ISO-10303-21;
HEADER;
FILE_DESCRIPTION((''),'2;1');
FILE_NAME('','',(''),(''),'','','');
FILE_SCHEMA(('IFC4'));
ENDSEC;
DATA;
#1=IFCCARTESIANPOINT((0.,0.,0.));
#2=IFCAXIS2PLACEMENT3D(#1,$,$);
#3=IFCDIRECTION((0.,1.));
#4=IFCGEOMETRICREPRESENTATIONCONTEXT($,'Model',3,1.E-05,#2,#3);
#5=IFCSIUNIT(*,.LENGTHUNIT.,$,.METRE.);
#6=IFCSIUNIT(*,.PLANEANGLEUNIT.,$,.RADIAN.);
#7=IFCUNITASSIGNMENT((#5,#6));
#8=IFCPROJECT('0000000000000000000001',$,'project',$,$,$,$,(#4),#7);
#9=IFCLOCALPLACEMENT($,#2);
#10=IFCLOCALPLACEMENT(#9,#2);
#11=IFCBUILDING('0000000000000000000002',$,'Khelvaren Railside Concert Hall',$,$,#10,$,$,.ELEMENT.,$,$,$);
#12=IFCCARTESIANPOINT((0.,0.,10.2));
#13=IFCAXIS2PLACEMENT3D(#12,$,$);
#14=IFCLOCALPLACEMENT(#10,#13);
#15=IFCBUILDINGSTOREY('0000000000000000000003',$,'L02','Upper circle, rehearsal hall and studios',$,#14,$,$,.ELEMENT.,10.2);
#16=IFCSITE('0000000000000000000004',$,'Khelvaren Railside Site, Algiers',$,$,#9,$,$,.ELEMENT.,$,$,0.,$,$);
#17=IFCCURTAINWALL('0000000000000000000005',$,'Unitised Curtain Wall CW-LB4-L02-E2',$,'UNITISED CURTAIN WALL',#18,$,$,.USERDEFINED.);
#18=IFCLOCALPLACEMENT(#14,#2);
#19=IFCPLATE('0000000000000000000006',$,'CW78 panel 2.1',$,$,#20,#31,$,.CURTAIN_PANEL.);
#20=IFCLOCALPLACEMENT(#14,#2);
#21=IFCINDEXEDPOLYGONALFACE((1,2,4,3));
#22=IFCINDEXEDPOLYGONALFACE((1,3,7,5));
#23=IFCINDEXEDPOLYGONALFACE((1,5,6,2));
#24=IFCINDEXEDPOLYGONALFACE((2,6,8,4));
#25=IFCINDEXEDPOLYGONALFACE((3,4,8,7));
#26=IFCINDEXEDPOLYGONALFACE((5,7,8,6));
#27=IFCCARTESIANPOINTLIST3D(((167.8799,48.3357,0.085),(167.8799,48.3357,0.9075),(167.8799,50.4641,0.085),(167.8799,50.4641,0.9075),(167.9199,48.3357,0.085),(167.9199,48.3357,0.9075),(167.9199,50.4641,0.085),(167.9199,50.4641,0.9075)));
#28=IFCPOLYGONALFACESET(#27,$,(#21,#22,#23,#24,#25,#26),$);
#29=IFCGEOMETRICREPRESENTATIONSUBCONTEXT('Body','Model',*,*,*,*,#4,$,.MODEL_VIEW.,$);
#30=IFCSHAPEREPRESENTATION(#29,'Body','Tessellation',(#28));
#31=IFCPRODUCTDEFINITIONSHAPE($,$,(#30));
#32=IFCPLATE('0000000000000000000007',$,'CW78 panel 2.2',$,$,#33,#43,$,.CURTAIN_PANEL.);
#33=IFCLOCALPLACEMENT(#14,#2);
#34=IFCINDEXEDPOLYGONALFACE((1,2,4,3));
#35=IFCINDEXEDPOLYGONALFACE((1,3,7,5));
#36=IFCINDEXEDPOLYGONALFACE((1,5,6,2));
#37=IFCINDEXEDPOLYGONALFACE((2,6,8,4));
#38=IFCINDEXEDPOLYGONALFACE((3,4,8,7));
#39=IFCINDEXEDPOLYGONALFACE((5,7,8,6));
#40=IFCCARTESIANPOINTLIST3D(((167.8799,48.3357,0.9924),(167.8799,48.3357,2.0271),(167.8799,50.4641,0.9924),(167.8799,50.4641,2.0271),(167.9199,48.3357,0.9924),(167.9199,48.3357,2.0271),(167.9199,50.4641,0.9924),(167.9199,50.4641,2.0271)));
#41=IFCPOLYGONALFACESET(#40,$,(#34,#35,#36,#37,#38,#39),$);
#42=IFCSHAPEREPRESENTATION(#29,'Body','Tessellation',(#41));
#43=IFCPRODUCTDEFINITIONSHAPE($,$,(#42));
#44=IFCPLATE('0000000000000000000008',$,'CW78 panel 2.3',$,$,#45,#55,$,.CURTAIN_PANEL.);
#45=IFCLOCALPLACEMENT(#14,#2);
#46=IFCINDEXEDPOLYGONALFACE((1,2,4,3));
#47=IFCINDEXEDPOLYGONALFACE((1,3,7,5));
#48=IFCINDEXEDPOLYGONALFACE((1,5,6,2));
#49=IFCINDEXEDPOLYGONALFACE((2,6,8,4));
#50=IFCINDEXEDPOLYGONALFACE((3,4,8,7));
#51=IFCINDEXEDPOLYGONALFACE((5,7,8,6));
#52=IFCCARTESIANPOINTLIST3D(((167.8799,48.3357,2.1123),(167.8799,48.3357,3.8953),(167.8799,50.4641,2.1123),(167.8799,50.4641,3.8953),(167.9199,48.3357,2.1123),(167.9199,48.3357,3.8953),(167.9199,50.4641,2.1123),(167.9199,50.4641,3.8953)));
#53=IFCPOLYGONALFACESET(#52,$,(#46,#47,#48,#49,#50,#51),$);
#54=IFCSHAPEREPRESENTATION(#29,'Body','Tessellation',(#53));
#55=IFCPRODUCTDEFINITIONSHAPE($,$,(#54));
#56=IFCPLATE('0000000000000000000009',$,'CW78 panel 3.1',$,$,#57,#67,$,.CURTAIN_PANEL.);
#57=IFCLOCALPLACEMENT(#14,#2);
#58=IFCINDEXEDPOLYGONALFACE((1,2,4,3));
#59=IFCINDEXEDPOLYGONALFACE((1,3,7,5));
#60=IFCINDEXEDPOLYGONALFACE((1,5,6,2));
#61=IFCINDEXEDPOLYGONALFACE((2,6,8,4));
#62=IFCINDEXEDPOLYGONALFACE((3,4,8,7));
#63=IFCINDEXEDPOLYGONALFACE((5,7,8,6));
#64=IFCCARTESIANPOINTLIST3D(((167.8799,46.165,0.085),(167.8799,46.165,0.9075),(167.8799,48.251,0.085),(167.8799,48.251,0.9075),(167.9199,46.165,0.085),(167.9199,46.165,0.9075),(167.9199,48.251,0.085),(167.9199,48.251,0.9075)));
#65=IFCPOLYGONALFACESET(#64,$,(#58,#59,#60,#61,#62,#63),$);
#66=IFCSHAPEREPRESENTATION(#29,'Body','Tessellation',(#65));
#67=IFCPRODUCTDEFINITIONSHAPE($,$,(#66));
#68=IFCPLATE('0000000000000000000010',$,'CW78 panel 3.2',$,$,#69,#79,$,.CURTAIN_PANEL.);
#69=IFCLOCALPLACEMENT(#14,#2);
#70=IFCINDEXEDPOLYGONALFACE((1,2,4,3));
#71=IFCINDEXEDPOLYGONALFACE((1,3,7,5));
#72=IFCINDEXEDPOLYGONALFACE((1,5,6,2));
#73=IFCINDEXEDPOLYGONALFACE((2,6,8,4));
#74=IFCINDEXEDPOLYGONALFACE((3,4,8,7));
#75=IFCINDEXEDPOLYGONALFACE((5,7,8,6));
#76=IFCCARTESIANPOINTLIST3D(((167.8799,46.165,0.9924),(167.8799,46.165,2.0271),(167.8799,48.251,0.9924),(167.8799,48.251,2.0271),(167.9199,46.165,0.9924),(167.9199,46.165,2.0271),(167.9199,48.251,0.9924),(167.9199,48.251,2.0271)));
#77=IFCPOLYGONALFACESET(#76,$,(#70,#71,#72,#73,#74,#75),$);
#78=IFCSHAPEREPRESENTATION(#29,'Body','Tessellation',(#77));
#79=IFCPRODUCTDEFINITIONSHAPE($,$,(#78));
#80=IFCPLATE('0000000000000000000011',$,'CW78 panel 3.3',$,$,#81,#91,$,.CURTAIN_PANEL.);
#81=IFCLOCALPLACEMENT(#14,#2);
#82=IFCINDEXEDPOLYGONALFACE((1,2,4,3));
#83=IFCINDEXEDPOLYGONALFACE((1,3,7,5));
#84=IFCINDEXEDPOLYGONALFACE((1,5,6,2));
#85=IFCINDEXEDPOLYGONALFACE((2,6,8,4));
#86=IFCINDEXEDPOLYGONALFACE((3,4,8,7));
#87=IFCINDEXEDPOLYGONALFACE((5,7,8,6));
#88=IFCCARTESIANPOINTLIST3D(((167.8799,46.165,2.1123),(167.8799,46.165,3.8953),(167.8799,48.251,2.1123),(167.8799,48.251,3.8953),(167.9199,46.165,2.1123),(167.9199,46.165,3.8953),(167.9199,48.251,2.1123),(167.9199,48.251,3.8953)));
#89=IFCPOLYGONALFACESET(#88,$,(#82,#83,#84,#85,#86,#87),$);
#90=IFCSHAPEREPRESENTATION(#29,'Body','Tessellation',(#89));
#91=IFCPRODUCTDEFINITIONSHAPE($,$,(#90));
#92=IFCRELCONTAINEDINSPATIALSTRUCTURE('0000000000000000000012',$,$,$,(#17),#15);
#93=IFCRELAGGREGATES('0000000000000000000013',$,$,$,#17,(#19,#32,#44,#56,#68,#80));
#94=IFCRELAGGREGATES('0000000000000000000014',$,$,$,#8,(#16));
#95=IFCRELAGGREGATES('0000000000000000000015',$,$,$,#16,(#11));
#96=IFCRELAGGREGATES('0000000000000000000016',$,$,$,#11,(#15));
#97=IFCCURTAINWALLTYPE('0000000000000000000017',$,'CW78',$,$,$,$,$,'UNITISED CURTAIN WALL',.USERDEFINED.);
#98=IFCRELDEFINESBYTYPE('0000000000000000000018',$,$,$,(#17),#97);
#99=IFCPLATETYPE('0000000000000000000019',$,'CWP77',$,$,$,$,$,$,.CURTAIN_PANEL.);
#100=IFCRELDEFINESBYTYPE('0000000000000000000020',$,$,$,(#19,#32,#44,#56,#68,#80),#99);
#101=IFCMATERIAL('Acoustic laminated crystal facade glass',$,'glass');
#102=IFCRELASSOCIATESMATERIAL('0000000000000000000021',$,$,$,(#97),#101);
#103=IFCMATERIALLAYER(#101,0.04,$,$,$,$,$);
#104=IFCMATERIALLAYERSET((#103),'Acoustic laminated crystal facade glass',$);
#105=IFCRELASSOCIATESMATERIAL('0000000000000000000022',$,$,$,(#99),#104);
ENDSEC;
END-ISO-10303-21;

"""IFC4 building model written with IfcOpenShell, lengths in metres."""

from ifc_helpers import new_model, si_unit, direction, frame, origin, origin_2d, place, context, subcontext, project, spatial, rectangle, extrude, material, layer, layer_set, type_object, element, aggregate, save


model = new_model("IFC4")

# Units and contexts
model_context = context("Model", 3, precision=1e-05, world=origin(), true_north=direction((0.0, 1.0)))
body_context = subcontext(model_context, "Body", "Model", "MODEL_VIEW")
ifc_project = project(units=[si_unit("LENGTHUNIT", "METRE"), si_unit("PLANEANGLEUNIT", "RADIAN")], contexts=[model_context])

# Site, building, storey
site_placement = place(None, origin())
site = spatial("IfcSite", under=ifc_project, at=site_placement, Name="Khelvaren Railside Site, Algiers", CompositionType="ELEMENT", RefElevation=0.0)
building_placement = place(site_placement, origin())
building = spatial("IfcBuilding", under=site, at=building_placement, Name="Khelvaren Railside Concert Hall", CompositionType="ELEMENT")
storey_placement = place(building_placement, frame((0.0, 0.0, 10.2)))
storey = spatial("IfcBuildingStorey", under=building, at=storey_placement, Name="L02", Description="Upper circle, rehearsal hall and studios", CompositionType="ELEMENT", Elevation=10.2)

# Shared definitions
ifc_material_1 = material(Name="Acoustic laminated crystal facade glass", Category="glass")
curtain_wall_type_1 = type_object("IfcCurtainWallType", Name="CW78", ElementType="UNITISED CURTAIN WALL", PredefinedType="USERDEFINED", material=ifc_material_1)

# Curtain wall
curtain_wall_1_placement = place(storey_placement, origin())
curtain_wall_1 = element("IfcCurtainWall", 1, at=curtain_wall_1_placement, inside=storey, type_object=curtain_wall_type_1, Name="Unitised Curtain Wall CW-LB4-L02-E2", ObjectType="UNITISED CURTAIN WALL", PredefinedType="USERDEFINED")

# Plates
ifc_layer_1 = layer(ifc_material_1, 0.04)
ifc_layer_set_1 = layer_set([ifc_layer_1], Name="Acoustic laminated crystal facade glass")
plate_type_1 = type_object("IfcPlateType", Name="CWP77", PredefinedType="CURTAIN_PANEL", material=ifc_layer_set_1)
plate_1_placement = place(storey_placement, frame((167.8999, 49.3999, 0.085), z_axis=(0.0, 0.0, 1.0), x_axis=(0.0, -1.0, 0.0)))
plate_1 = element("IfcPlate", 2, at=plate_1_placement, type_object=plate_type_1, Name="CW78 panel 2.1", PredefinedType="CURTAIN_PANEL", context=body_context, shape_type="SweptSolid", body=[
    extrude(rectangle(XDim=2.1284, YDim=0.04, at=origin_2d()), origin(), (0.0, 0.0, 1.0), 0.8225),
])
plate_2_placement = place(storey_placement, frame((167.8999, 49.3999, 0.9924), z_axis=(0.0, 0.0, 1.0), x_axis=(0.0, -1.0, 0.0)))
plate_2 = element("IfcPlate", 3, at=plate_2_placement, type_object=plate_type_1, Name="CW78 panel 2.2", PredefinedType="CURTAIN_PANEL", context=body_context, shape_type="SweptSolid", body=[
    extrude(rectangle(XDim=2.1284, YDim=0.04, at=origin_2d()), origin(), (0.0, 0.0, 1.0), 1.0347),
])
plate_3_placement = place(storey_placement, frame((167.8999, 49.3999, 2.1123), z_axis=(0.0, 0.0, 1.0), x_axis=(0.0, -1.0, 0.0)))
plate_3 = element("IfcPlate", 4, at=plate_3_placement, type_object=plate_type_1, Name="CW78 panel 2.3", PredefinedType="CURTAIN_PANEL", context=body_context, shape_type="SweptSolid", body=[
    extrude(rectangle(XDim=2.1284, YDim=0.04, at=origin_2d()), origin(), (0.0, 0.0, 1.0), 1.783),
])
plate_4_placement = place(storey_placement, frame((167.8999, 47.208, 0.085), z_axis=(0.0, 0.0, 1.0), x_axis=(0.0, -1.0, 0.0)))
plate_4 = element("IfcPlate", 5, at=plate_4_placement, type_object=plate_type_1, Name="CW78 panel 3.1", PredefinedType="CURTAIN_PANEL", context=body_context, shape_type="SweptSolid", body=[
    extrude(rectangle(XDim=2.0859, YDim=0.04, at=origin_2d()), origin(), (0.0, 0.0, 1.0), 0.8225),
])
plate_5_placement = place(storey_placement, frame((167.8999, 47.208, 0.9924), z_axis=(0.0, 0.0, 1.0), x_axis=(0.0, -1.0, 0.0)))
plate_5 = element("IfcPlate", 6, at=plate_5_placement, type_object=plate_type_1, Name="CW78 panel 3.2", PredefinedType="CURTAIN_PANEL", context=body_context, shape_type="SweptSolid", body=[
    extrude(rectangle(XDim=2.0859, YDim=0.04, at=origin_2d()), origin(), (0.0, 0.0, 1.0), 1.0347),
])
plate_6_placement = place(storey_placement, frame((167.8999, 47.208, 2.1123), z_axis=(0.0, 0.0, 1.0), x_axis=(0.0, -1.0, 0.0)))
plate_6 = element("IfcPlate", 7, at=plate_6_placement, type_object=plate_type_1, Name="CW78 panel 3.3", PredefinedType="CURTAIN_PANEL", context=body_context, shape_type="SweptSolid", body=[
    extrude(rectangle(XDim=2.0859, YDim=0.04, at=origin_2d()), origin(), (0.0, 0.0, 1.0), 1.783),
])
aggregate(curtain_wall_1, [plate_1, plate_2, plate_3, plate_4, plate_5, plate_6])

save(model, "model.ifc")
